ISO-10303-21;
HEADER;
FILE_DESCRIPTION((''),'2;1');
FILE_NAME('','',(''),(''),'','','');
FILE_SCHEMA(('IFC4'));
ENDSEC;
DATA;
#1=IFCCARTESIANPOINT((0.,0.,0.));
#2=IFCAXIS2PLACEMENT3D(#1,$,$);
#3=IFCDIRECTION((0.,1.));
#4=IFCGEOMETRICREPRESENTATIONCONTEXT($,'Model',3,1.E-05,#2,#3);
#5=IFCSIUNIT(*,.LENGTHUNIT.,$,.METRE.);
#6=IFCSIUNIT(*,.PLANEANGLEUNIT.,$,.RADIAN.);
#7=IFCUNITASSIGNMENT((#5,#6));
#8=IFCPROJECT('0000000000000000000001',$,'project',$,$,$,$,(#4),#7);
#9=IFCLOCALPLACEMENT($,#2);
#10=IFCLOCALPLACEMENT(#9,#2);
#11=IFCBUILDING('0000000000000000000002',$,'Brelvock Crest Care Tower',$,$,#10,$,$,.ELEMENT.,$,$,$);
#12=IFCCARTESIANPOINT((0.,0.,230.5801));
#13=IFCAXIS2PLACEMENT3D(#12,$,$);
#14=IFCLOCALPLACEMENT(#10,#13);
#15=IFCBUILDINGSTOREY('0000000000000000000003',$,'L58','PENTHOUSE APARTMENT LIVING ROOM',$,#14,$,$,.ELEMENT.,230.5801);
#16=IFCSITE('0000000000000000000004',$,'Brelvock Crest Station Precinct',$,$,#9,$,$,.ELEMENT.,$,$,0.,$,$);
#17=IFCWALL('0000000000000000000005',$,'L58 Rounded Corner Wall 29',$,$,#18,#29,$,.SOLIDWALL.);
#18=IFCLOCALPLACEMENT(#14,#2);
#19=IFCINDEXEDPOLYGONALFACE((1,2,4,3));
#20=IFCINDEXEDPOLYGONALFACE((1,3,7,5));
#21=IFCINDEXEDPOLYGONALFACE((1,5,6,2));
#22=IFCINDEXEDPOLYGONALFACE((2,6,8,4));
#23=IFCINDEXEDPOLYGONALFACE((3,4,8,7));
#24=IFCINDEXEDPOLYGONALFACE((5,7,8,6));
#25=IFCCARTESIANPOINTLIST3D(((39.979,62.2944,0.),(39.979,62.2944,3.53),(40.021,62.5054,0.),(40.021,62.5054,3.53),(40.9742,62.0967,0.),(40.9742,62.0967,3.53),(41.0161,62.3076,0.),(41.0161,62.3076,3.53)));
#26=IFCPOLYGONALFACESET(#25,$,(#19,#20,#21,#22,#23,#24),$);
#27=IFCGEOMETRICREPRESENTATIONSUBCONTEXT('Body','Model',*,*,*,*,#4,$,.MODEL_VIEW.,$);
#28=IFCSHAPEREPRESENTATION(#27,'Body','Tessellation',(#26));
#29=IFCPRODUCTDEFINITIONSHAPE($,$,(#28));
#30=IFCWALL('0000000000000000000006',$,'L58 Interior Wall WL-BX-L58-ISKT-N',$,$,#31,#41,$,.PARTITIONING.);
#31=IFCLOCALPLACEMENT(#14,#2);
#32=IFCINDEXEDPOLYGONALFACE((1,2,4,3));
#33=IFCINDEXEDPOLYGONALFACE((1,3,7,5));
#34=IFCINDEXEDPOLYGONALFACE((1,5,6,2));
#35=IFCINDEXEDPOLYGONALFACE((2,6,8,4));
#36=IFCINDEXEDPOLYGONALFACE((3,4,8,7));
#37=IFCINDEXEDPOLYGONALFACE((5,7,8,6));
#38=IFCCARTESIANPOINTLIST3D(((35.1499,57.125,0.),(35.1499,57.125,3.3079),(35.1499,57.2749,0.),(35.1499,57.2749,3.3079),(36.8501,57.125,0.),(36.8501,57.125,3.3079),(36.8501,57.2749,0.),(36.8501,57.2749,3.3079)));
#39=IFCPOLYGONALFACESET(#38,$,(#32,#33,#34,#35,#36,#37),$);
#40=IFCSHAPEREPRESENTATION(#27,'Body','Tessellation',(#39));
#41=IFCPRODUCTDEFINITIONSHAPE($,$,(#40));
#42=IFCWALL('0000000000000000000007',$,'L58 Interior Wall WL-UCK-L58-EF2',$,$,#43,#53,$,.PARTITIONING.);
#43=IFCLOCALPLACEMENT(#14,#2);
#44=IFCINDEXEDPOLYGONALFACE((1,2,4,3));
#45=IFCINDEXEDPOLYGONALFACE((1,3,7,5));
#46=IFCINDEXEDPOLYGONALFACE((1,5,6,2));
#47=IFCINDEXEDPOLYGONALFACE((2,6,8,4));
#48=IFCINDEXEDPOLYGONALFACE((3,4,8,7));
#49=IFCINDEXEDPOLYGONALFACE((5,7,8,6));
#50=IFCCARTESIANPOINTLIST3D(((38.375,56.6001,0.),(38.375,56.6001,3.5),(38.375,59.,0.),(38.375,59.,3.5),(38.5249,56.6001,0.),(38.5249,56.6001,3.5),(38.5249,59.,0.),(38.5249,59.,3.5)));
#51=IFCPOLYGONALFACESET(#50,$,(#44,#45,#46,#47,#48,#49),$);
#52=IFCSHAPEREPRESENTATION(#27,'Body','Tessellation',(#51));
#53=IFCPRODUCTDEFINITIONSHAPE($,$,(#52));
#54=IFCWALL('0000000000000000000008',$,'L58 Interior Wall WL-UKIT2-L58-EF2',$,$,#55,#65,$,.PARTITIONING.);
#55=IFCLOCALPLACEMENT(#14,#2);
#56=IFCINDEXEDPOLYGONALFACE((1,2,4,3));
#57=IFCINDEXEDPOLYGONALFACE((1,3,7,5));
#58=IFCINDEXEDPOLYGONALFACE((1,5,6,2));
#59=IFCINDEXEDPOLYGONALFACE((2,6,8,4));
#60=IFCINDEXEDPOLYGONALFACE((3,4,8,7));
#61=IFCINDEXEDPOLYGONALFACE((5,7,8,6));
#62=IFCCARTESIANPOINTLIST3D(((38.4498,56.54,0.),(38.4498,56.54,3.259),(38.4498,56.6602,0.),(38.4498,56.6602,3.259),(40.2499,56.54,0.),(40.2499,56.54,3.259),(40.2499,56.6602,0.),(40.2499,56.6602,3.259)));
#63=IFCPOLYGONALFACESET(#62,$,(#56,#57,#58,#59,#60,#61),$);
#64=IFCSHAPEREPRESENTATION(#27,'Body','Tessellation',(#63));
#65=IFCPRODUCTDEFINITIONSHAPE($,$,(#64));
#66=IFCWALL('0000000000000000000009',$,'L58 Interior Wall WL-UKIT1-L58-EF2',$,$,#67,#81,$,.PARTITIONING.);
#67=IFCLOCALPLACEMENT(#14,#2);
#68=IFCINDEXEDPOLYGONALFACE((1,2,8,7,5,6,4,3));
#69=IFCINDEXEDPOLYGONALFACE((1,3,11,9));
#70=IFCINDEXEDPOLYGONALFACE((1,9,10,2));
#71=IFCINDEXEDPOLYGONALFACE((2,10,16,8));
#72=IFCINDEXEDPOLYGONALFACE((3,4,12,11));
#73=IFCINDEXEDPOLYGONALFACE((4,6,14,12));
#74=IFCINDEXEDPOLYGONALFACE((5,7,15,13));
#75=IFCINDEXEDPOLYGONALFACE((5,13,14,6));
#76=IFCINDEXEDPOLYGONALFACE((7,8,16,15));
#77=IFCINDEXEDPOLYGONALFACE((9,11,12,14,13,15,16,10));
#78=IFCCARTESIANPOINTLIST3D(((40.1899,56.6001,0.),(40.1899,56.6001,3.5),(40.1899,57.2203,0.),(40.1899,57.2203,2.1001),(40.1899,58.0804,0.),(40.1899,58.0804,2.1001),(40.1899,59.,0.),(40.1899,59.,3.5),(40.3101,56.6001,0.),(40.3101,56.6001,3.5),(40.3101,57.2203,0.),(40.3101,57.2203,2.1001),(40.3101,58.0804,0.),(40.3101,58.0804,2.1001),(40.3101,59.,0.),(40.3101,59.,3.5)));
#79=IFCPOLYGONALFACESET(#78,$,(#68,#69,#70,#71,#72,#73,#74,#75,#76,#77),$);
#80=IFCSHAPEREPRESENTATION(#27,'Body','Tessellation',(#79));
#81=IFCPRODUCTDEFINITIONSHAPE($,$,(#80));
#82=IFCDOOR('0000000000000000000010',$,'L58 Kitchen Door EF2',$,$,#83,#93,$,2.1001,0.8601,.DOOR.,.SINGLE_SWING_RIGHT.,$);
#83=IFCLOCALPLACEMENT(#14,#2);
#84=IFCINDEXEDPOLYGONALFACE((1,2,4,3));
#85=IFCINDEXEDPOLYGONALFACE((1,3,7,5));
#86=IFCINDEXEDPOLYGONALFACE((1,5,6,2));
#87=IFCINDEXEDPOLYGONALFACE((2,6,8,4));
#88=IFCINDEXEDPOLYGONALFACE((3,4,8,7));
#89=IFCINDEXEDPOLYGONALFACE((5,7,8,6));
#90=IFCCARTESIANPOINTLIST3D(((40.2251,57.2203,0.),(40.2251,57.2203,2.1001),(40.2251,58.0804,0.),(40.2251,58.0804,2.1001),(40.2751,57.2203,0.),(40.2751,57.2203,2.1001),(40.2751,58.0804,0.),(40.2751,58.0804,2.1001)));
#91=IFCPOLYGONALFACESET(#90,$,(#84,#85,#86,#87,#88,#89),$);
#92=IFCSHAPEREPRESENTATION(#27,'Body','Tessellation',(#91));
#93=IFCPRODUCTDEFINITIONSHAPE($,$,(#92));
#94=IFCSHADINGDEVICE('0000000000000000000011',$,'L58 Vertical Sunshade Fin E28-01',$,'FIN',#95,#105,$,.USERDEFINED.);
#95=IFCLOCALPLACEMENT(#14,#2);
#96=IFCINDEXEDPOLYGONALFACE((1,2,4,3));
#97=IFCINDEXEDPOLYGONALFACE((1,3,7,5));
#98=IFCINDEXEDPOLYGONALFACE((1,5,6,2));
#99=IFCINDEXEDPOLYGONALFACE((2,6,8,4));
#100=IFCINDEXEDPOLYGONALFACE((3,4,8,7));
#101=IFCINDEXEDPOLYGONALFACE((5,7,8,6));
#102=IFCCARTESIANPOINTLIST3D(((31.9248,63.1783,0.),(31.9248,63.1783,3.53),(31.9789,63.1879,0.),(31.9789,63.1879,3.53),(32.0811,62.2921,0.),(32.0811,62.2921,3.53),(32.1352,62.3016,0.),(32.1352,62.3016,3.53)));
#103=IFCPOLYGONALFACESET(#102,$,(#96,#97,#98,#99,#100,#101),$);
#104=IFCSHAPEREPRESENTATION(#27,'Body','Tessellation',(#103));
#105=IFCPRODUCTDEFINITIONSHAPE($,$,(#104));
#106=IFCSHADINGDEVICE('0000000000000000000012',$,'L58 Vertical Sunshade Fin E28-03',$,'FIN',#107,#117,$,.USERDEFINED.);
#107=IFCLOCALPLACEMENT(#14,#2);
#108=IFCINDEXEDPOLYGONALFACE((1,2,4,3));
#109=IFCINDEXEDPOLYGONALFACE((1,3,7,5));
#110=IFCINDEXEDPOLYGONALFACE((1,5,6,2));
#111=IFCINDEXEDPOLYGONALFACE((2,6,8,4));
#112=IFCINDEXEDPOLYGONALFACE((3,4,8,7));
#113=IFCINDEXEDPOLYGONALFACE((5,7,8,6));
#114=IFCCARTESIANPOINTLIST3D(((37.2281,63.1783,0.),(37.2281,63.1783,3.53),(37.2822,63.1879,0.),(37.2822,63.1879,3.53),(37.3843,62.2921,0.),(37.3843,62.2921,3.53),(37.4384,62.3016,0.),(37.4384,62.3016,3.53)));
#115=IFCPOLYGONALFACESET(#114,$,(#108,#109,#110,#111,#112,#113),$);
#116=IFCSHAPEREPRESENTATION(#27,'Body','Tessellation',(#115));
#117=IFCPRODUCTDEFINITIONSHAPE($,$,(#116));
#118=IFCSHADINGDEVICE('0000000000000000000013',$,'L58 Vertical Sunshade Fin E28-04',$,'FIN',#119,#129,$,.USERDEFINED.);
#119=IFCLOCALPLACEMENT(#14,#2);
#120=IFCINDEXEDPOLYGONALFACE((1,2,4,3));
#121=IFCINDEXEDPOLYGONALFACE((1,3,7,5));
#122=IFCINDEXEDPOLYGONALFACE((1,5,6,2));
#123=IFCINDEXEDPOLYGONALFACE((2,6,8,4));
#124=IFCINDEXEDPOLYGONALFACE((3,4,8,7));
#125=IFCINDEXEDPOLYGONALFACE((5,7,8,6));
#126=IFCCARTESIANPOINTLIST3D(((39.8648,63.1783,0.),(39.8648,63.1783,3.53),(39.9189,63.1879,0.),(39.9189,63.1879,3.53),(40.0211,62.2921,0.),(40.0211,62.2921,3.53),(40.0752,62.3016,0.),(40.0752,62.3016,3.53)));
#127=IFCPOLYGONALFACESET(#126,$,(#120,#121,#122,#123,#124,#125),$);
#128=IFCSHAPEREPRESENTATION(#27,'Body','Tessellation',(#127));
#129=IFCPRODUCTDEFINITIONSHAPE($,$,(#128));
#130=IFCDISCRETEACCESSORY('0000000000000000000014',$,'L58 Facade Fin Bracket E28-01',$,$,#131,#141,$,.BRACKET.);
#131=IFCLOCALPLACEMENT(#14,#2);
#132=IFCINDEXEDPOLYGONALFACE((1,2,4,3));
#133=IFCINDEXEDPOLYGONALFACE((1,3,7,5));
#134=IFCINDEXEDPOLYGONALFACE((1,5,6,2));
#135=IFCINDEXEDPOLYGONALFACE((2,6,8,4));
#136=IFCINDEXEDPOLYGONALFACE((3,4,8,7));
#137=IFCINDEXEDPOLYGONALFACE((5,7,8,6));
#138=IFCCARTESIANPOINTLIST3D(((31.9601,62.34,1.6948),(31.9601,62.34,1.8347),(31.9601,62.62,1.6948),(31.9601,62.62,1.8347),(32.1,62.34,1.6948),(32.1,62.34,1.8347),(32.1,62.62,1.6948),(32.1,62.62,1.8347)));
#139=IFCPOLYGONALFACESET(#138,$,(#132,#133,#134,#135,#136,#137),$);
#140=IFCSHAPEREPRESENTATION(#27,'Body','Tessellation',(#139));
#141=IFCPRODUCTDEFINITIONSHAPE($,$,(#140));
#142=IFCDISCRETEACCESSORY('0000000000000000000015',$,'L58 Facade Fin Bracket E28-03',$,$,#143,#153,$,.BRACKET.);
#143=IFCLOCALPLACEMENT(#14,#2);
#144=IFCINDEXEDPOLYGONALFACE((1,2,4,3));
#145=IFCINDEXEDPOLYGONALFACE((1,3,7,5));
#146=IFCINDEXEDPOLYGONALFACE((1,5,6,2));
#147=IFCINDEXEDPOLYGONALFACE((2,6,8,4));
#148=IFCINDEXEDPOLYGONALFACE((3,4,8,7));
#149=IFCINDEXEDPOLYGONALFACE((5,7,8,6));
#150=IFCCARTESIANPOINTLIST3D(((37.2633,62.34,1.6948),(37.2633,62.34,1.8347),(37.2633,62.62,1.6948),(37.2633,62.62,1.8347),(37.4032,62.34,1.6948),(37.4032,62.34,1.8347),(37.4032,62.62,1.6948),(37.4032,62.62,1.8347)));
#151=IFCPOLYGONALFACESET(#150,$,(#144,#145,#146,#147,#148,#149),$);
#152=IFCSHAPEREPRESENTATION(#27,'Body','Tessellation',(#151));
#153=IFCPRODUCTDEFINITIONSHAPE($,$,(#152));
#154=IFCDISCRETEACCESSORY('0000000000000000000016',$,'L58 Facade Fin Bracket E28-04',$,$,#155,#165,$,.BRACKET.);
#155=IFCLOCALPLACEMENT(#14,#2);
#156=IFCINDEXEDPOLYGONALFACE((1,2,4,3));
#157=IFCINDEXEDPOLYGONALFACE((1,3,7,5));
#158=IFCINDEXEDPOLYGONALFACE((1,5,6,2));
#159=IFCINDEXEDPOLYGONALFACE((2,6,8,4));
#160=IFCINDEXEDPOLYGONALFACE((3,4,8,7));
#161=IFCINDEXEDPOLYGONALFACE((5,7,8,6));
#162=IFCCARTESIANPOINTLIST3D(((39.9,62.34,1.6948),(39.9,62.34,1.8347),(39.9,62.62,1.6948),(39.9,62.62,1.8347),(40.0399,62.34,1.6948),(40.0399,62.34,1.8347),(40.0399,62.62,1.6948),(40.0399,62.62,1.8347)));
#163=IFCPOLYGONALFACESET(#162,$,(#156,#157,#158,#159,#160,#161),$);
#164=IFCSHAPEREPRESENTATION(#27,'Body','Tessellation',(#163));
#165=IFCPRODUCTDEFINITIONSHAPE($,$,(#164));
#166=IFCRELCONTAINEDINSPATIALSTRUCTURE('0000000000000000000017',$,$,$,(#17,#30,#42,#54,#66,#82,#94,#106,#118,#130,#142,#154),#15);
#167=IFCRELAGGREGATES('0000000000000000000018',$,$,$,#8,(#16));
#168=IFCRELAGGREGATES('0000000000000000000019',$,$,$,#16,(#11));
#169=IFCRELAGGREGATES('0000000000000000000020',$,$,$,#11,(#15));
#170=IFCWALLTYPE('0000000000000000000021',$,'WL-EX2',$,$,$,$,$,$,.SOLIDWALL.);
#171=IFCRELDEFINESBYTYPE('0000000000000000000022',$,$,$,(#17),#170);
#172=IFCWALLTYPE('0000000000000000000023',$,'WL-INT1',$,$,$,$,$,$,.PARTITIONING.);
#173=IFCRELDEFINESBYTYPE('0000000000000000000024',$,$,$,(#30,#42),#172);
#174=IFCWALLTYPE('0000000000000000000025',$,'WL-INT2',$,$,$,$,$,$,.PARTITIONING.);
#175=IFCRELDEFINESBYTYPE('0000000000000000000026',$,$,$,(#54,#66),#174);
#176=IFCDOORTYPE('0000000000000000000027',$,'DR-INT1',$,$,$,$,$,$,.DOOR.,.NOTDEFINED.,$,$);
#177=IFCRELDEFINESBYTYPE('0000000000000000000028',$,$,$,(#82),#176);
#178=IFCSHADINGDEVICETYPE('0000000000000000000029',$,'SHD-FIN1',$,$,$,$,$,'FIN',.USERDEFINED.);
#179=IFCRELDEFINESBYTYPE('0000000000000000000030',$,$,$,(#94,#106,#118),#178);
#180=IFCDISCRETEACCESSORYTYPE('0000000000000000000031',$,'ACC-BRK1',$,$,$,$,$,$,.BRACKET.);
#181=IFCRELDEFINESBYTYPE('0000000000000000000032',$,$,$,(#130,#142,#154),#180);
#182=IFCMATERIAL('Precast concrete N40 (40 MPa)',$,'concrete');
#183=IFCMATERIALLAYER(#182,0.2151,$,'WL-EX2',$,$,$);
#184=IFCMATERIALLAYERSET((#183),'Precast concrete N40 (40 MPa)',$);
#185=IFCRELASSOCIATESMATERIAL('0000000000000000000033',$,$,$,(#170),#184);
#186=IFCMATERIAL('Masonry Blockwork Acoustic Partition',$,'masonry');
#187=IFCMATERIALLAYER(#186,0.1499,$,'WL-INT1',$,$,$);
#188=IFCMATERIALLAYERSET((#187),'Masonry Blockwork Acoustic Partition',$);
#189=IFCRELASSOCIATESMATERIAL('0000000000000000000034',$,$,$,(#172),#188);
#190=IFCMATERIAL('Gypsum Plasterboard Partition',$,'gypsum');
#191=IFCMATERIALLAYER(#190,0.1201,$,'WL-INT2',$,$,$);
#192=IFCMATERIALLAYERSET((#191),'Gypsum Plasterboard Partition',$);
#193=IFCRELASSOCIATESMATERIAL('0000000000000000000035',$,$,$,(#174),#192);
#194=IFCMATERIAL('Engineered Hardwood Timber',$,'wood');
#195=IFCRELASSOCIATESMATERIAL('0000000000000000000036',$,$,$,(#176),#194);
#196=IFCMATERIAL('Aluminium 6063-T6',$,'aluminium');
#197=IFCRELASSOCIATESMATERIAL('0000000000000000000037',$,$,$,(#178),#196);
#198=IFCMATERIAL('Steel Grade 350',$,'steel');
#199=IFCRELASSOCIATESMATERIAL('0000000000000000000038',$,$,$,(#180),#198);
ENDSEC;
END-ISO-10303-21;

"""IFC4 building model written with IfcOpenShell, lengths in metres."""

from ifc_helpers import new_model, si_unit, direction, frame, frame_2d, origin, origin_2d, place, context, subcontext, project, spatial, rectangle, extrude, source, transform, mapped, material, layer, layer_set, material_profile, profile_set, type_object, element, fill, save


model = new_model("IFC4")

# Units and contexts
model_context = context("Model", 3, precision=1e-05, world=origin(), true_north=direction((0.0, 1.0)))
body_context = subcontext(model_context, "Body", "Model", "MODEL_VIEW")
ifc_project = project(units=[si_unit("LENGTHUNIT", "METRE"), si_unit("PLANEANGLEUNIT", "RADIAN")], contexts=[model_context])

# Site, building, storey
site_placement = place(None, origin())
site = spatial("IfcSite", under=ifc_project, at=site_placement, Name="Brelvock Crest Station Precinct", CompositionType="ELEMENT", RefElevation=0.0)
building_placement = place(site_placement, origin())
building = spatial("IfcBuilding", under=site, at=building_placement, Name="Brelvock Crest Care Tower", CompositionType="ELEMENT")
storey_placement = place(building_placement, frame((0.0, 0.0, 230.5801)))
storey = spatial("IfcBuildingStorey", under=building, at=storey_placement, Name="L58", Description="PENTHOUSE APARTMENT LIVING ROOM", CompositionType="ELEMENT", Elevation=230.5801)

# Shared definitions
ifc_material_1 = material(Name="Steel Grade 350", Category="steel")

# Shared definitions
ifc_material_2 = material(Name="Aluminium 6063-T6", Category="aluminium")

# Walls
ifc_material_3 = material(Name="Precast concrete N40 (40 MPa)", Category="concrete")
ifc_layer_1 = layer(ifc_material_3, 0.2151, Name="WL-EX2")
ifc_layer_set_1 = layer_set([ifc_layer_1], Name="Precast concrete N40 (40 MPa)")
wall_type_1 = type_object("IfcWallType", Name="WL-EX2", PredefinedType="SOLIDWALL", material=ifc_layer_set_1)
wall_1_placement = place(storey_placement, frame((40.0, 62.3999, 0.0), z_axis=(0.0, 0.0, 1.0), x_axis=(0.980821, -0.194913, 0.0)))
element("IfcWall", 1, at=wall_1_placement, inside=storey, type_object=wall_type_1, Name="L58 Rounded Corner Wall 29", PredefinedType="SOLIDWALL", context=body_context, shape_type="SweptSolid", body=[
    extrude(rectangle(XDim=1.0146, YDim=0.2151, at=frame_2d((0.5073, 0.0))), origin(), (0.0, 0.0, 1.0), 3.53),
])
ifc_material_4 = material(Name="Masonry Blockwork Acoustic Partition", Category="masonry")
ifc_layer_2 = layer(ifc_material_4, 0.1499, Name="WL-INT1")
ifc_layer_set_2 = layer_set([ifc_layer_2], Name="Masonry Blockwork Acoustic Partition")
wall_type_2 = type_object("IfcWallType", Name="WL-INT1", PredefinedType="PARTITIONING", material=ifc_layer_set_2)
wall_2_placement = place(storey_placement, frame((35.1499, 57.2, 0.0), z_axis=(0.0, 0.0, 1.0), x_axis=(1.0, 0.0, 0.0)))
element("IfcWall", 2, at=wall_2_placement, inside=storey, type_object=wall_type_2, Name="L58 Interior Wall WL-BX-L58-ISKT-N", PredefinedType="PARTITIONING", context=body_context, shape_type="SweptSolid", body=[
    extrude(rectangle(XDim=1.7002, YDim=0.1499, at=frame_2d((0.8501, 0.0))), origin(), (0.0, 0.0, 1.0), 3.3079),
])
wall_3_placement = place(storey_placement, frame((38.45, 56.6001, 0.0), z_axis=(0.0, 0.0, 1.0), x_axis=(0.0, 1.0, 0.0)))
element("IfcWall", 3, at=wall_3_placement, inside=storey, type_object=wall_type_2, Name="L58 Interior Wall WL-UCK-L58-EF2", PredefinedType="PARTITIONING", context=body_context, shape_type="SweptSolid", body=[
    extrude(rectangle(XDim=2.3999, YDim=0.1499, at=frame_2d((1.2, 0.0))), origin(), (0.0, 0.0, 1.0), 3.5),
])
ifc_material_5 = material(Name="Gypsum Plasterboard Partition", Category="gypsum")
ifc_layer_3 = layer(ifc_material_5, 0.1201, Name="WL-INT2")
ifc_layer_set_3 = layer_set([ifc_layer_3], Name="Gypsum Plasterboard Partition")
wall_type_3 = type_object("IfcWallType", Name="WL-INT2", PredefinedType="PARTITIONING", material=ifc_layer_set_3)
wall_4_placement = place(storey_placement, frame((38.45, 56.6001, 0.0), z_axis=(0.0, 0.0, 1.0), x_axis=(1.0, 0.0, 0.0)))
element("IfcWall", 4, at=wall_4_placement, inside=storey, type_object=wall_type_3, Name="L58 Interior Wall WL-UKIT2-L58-EF2", PredefinedType="PARTITIONING", context=body_context, shape_type="SweptSolid", body=[
    extrude(rectangle(XDim=1.8, YDim=0.1201, at=frame_2d((0.8999, 0.0))), origin(), (0.0, 0.0, 1.0), 3.259),
])

# Wall, opening, door
wall_5_placement = place(storey_placement, frame((40.25, 56.6001, 0.0), z_axis=(0.0, 0.0, 1.0), x_axis=(0.0, 1.0, 0.0)))
wall_5 = element("IfcWall", 5, at=wall_5_placement, inside=storey, type_object=wall_type_3, Name="L58 Interior Wall WL-UKIT1-L58-EF2", PredefinedType="PARTITIONING", context=body_context, shape_type="SweptSolid", body=[
    extrude(rectangle(XDim=2.3999, YDim=0.1201, at=frame_2d((1.2, 0.0))), origin(), (0.0, 0.0, 1.0), 3.5),
])
opening_placement = place(wall_5_placement, frame((0.6201, 0.0, 0.0)))
opening = element("IfcOpeningElement", 6, at=opening_placement, cuts=wall_5, PredefinedType="OPENING", context=body_context, shape_type="SweptSolid", body=[
    extrude(rectangle(XDim=0.8601, YDim=2.1001, at=origin_2d()), frame((0.4302, 0.0701, 1.05), z_axis=(0.0, -1.0, 0.0), x_axis=(1.0, 0.0, 0.0)), (0.0, 0.0, 1.0), 0.1401),
])
ifc_material_6 = material(Name="Engineered Hardwood Timber", Category="wood")
door_type = type_object("IfcDoorType", Name="DR-INT1", OperationType="NOTDEFINED", PredefinedType="DOOR", material=ifc_material_6)
shared_shape_1 = source(origin(), body_context, "Body", "SweptSolid", [
    extrude(rectangle(XDim=0.8601, YDim=2.1001, at=origin_2d()), frame((0.4302, 0.0249, 1.05), z_axis=(0.0, -1.0, 0.0), x_axis=(1.0, 0.0, 0.0)), (0.0, 0.0, 1.0), 0.05),
])
door_placement = place(opening_placement, origin())
door = element("IfcDoor", 7, at=door_placement, inside=storey, type_object=door_type, Name="L58 Kitchen Door EF2", OperationType="SINGLE_SWING_RIGHT", OverallHeight=2.1001, OverallWidth=0.8601, PredefinedType="DOOR", context=body_context, shape_type="MappedRepresentation", body=[
    mapped(shared_shape_1, transform((0.0, 0.0, 0.0), x_axis=(1.0, 0.0, 0.0), y_axis=(0.0, 1.0, 0.0), z_axis=(0.0, 0.0, 1.0), scale=1.0)),
])
fill(opening, door)

# Shading devices
ifc_material_profile_1 = material_profile(ifc_material_2, rectangle(XDim=0.0549, YDim=0.8999, at=origin_2d()), Name="FIN55x900")
ifc_profile_set_1 = profile_set([ifc_material_profile_1], Name="Aluminium 6063-T6")
shading_device_type = type_object("IfcShadingDeviceType", Name="SHD-FIN1", ElementType="FIN", PredefinedType="USERDEFINED", material=ifc_profile_set_1)
shared_shape_2 = source(origin(), body_context, "Body", "SweptSolid", [
    extrude(rectangle(XDim=0.0549, YDim=0.8999, at=origin_2d()), origin(), (0.0, 0.0, 1.0), 3.53),
])
for number, where, z_axis, x_axis, name in (
    (8, (32.03, 62.74, 0.0), (0.0, 0.0, 1.0), (0.984808, 0.173648, 0.0), "L58 Vertical Sunshade Fin E28-01"),
    (9, (37.3333, 62.74, 0.0), (0.0, 0.0, 1.0), (0.984808, 0.173648, 0.0), "L58 Vertical Sunshade Fin E28-03"),
    (10, (39.97, 62.74, 0.0), (0.0, 0.0, 1.0), (0.984808, 0.173648, 0.0), "L58 Vertical Sunshade Fin E28-04"),
):
    element("IfcShadingDevice", number, at=place(storey_placement, frame(where, z_axis=z_axis, x_axis=x_axis)), inside=storey, type_object=shading_device_type, Name=name, ObjectType="FIN", PredefinedType="USERDEFINED", context=body_context, shape_type="MappedRepresentation", body=[
        mapped(shared_shape_2, transform((0.0, 0.0, 0.0), x_axis=(1.0, 0.0, 0.0), y_axis=(0.0, 1.0, 0.0), z_axis=(0.0, 0.0, 1.0), scale=1.0)),
    ])

# Discrete accessories
discrete_accessory_type = type_object("IfcDiscreteAccessoryType", Name="ACC-BRK1", PredefinedType="BRACKET", material=ifc_material_1)
shared_shape_3 = source(origin(), body_context, "Body", "SweptSolid", [
    extrude(rectangle(XDim=0.28, YDim=0.1399, at=origin_2d()), origin(), (0.0, 0.0, 1.0), 0.1399),
])
for number, where, z_axis, x_axis, name in (
    (11, (32.03, 62.48, 1.6948), (0.0, 0.0, 1.0), (0.0, 1.0, 0.0), "L58 Facade Fin Bracket E28-01"),
    (12, (37.3333, 62.48, 1.6948), (0.0, 0.0, 1.0), (0.0, 1.0, 0.0), "L58 Facade Fin Bracket E28-03"),
    (13, (39.97, 62.48, 1.6948), (0.0, 0.0, 1.0), (0.0, 1.0, 0.0), "L58 Facade Fin Bracket E28-04"),
):
    element("IfcDiscreteAccessory", number, at=place(storey_placement, frame(where, z_axis=z_axis, x_axis=x_axis)), inside=storey, type_object=discrete_accessory_type, Name=name, PredefinedType="BRACKET", context=body_context, shape_type="MappedRepresentation", body=[
        mapped(shared_shape_3, transform((0.0, 0.0, 0.0), x_axis=(1.0, 0.0, 0.0), y_axis=(0.0, 1.0, 0.0), z_axis=(0.0, 0.0, 1.0), scale=1.0)),
    ])

save(model, "model.ifc")
